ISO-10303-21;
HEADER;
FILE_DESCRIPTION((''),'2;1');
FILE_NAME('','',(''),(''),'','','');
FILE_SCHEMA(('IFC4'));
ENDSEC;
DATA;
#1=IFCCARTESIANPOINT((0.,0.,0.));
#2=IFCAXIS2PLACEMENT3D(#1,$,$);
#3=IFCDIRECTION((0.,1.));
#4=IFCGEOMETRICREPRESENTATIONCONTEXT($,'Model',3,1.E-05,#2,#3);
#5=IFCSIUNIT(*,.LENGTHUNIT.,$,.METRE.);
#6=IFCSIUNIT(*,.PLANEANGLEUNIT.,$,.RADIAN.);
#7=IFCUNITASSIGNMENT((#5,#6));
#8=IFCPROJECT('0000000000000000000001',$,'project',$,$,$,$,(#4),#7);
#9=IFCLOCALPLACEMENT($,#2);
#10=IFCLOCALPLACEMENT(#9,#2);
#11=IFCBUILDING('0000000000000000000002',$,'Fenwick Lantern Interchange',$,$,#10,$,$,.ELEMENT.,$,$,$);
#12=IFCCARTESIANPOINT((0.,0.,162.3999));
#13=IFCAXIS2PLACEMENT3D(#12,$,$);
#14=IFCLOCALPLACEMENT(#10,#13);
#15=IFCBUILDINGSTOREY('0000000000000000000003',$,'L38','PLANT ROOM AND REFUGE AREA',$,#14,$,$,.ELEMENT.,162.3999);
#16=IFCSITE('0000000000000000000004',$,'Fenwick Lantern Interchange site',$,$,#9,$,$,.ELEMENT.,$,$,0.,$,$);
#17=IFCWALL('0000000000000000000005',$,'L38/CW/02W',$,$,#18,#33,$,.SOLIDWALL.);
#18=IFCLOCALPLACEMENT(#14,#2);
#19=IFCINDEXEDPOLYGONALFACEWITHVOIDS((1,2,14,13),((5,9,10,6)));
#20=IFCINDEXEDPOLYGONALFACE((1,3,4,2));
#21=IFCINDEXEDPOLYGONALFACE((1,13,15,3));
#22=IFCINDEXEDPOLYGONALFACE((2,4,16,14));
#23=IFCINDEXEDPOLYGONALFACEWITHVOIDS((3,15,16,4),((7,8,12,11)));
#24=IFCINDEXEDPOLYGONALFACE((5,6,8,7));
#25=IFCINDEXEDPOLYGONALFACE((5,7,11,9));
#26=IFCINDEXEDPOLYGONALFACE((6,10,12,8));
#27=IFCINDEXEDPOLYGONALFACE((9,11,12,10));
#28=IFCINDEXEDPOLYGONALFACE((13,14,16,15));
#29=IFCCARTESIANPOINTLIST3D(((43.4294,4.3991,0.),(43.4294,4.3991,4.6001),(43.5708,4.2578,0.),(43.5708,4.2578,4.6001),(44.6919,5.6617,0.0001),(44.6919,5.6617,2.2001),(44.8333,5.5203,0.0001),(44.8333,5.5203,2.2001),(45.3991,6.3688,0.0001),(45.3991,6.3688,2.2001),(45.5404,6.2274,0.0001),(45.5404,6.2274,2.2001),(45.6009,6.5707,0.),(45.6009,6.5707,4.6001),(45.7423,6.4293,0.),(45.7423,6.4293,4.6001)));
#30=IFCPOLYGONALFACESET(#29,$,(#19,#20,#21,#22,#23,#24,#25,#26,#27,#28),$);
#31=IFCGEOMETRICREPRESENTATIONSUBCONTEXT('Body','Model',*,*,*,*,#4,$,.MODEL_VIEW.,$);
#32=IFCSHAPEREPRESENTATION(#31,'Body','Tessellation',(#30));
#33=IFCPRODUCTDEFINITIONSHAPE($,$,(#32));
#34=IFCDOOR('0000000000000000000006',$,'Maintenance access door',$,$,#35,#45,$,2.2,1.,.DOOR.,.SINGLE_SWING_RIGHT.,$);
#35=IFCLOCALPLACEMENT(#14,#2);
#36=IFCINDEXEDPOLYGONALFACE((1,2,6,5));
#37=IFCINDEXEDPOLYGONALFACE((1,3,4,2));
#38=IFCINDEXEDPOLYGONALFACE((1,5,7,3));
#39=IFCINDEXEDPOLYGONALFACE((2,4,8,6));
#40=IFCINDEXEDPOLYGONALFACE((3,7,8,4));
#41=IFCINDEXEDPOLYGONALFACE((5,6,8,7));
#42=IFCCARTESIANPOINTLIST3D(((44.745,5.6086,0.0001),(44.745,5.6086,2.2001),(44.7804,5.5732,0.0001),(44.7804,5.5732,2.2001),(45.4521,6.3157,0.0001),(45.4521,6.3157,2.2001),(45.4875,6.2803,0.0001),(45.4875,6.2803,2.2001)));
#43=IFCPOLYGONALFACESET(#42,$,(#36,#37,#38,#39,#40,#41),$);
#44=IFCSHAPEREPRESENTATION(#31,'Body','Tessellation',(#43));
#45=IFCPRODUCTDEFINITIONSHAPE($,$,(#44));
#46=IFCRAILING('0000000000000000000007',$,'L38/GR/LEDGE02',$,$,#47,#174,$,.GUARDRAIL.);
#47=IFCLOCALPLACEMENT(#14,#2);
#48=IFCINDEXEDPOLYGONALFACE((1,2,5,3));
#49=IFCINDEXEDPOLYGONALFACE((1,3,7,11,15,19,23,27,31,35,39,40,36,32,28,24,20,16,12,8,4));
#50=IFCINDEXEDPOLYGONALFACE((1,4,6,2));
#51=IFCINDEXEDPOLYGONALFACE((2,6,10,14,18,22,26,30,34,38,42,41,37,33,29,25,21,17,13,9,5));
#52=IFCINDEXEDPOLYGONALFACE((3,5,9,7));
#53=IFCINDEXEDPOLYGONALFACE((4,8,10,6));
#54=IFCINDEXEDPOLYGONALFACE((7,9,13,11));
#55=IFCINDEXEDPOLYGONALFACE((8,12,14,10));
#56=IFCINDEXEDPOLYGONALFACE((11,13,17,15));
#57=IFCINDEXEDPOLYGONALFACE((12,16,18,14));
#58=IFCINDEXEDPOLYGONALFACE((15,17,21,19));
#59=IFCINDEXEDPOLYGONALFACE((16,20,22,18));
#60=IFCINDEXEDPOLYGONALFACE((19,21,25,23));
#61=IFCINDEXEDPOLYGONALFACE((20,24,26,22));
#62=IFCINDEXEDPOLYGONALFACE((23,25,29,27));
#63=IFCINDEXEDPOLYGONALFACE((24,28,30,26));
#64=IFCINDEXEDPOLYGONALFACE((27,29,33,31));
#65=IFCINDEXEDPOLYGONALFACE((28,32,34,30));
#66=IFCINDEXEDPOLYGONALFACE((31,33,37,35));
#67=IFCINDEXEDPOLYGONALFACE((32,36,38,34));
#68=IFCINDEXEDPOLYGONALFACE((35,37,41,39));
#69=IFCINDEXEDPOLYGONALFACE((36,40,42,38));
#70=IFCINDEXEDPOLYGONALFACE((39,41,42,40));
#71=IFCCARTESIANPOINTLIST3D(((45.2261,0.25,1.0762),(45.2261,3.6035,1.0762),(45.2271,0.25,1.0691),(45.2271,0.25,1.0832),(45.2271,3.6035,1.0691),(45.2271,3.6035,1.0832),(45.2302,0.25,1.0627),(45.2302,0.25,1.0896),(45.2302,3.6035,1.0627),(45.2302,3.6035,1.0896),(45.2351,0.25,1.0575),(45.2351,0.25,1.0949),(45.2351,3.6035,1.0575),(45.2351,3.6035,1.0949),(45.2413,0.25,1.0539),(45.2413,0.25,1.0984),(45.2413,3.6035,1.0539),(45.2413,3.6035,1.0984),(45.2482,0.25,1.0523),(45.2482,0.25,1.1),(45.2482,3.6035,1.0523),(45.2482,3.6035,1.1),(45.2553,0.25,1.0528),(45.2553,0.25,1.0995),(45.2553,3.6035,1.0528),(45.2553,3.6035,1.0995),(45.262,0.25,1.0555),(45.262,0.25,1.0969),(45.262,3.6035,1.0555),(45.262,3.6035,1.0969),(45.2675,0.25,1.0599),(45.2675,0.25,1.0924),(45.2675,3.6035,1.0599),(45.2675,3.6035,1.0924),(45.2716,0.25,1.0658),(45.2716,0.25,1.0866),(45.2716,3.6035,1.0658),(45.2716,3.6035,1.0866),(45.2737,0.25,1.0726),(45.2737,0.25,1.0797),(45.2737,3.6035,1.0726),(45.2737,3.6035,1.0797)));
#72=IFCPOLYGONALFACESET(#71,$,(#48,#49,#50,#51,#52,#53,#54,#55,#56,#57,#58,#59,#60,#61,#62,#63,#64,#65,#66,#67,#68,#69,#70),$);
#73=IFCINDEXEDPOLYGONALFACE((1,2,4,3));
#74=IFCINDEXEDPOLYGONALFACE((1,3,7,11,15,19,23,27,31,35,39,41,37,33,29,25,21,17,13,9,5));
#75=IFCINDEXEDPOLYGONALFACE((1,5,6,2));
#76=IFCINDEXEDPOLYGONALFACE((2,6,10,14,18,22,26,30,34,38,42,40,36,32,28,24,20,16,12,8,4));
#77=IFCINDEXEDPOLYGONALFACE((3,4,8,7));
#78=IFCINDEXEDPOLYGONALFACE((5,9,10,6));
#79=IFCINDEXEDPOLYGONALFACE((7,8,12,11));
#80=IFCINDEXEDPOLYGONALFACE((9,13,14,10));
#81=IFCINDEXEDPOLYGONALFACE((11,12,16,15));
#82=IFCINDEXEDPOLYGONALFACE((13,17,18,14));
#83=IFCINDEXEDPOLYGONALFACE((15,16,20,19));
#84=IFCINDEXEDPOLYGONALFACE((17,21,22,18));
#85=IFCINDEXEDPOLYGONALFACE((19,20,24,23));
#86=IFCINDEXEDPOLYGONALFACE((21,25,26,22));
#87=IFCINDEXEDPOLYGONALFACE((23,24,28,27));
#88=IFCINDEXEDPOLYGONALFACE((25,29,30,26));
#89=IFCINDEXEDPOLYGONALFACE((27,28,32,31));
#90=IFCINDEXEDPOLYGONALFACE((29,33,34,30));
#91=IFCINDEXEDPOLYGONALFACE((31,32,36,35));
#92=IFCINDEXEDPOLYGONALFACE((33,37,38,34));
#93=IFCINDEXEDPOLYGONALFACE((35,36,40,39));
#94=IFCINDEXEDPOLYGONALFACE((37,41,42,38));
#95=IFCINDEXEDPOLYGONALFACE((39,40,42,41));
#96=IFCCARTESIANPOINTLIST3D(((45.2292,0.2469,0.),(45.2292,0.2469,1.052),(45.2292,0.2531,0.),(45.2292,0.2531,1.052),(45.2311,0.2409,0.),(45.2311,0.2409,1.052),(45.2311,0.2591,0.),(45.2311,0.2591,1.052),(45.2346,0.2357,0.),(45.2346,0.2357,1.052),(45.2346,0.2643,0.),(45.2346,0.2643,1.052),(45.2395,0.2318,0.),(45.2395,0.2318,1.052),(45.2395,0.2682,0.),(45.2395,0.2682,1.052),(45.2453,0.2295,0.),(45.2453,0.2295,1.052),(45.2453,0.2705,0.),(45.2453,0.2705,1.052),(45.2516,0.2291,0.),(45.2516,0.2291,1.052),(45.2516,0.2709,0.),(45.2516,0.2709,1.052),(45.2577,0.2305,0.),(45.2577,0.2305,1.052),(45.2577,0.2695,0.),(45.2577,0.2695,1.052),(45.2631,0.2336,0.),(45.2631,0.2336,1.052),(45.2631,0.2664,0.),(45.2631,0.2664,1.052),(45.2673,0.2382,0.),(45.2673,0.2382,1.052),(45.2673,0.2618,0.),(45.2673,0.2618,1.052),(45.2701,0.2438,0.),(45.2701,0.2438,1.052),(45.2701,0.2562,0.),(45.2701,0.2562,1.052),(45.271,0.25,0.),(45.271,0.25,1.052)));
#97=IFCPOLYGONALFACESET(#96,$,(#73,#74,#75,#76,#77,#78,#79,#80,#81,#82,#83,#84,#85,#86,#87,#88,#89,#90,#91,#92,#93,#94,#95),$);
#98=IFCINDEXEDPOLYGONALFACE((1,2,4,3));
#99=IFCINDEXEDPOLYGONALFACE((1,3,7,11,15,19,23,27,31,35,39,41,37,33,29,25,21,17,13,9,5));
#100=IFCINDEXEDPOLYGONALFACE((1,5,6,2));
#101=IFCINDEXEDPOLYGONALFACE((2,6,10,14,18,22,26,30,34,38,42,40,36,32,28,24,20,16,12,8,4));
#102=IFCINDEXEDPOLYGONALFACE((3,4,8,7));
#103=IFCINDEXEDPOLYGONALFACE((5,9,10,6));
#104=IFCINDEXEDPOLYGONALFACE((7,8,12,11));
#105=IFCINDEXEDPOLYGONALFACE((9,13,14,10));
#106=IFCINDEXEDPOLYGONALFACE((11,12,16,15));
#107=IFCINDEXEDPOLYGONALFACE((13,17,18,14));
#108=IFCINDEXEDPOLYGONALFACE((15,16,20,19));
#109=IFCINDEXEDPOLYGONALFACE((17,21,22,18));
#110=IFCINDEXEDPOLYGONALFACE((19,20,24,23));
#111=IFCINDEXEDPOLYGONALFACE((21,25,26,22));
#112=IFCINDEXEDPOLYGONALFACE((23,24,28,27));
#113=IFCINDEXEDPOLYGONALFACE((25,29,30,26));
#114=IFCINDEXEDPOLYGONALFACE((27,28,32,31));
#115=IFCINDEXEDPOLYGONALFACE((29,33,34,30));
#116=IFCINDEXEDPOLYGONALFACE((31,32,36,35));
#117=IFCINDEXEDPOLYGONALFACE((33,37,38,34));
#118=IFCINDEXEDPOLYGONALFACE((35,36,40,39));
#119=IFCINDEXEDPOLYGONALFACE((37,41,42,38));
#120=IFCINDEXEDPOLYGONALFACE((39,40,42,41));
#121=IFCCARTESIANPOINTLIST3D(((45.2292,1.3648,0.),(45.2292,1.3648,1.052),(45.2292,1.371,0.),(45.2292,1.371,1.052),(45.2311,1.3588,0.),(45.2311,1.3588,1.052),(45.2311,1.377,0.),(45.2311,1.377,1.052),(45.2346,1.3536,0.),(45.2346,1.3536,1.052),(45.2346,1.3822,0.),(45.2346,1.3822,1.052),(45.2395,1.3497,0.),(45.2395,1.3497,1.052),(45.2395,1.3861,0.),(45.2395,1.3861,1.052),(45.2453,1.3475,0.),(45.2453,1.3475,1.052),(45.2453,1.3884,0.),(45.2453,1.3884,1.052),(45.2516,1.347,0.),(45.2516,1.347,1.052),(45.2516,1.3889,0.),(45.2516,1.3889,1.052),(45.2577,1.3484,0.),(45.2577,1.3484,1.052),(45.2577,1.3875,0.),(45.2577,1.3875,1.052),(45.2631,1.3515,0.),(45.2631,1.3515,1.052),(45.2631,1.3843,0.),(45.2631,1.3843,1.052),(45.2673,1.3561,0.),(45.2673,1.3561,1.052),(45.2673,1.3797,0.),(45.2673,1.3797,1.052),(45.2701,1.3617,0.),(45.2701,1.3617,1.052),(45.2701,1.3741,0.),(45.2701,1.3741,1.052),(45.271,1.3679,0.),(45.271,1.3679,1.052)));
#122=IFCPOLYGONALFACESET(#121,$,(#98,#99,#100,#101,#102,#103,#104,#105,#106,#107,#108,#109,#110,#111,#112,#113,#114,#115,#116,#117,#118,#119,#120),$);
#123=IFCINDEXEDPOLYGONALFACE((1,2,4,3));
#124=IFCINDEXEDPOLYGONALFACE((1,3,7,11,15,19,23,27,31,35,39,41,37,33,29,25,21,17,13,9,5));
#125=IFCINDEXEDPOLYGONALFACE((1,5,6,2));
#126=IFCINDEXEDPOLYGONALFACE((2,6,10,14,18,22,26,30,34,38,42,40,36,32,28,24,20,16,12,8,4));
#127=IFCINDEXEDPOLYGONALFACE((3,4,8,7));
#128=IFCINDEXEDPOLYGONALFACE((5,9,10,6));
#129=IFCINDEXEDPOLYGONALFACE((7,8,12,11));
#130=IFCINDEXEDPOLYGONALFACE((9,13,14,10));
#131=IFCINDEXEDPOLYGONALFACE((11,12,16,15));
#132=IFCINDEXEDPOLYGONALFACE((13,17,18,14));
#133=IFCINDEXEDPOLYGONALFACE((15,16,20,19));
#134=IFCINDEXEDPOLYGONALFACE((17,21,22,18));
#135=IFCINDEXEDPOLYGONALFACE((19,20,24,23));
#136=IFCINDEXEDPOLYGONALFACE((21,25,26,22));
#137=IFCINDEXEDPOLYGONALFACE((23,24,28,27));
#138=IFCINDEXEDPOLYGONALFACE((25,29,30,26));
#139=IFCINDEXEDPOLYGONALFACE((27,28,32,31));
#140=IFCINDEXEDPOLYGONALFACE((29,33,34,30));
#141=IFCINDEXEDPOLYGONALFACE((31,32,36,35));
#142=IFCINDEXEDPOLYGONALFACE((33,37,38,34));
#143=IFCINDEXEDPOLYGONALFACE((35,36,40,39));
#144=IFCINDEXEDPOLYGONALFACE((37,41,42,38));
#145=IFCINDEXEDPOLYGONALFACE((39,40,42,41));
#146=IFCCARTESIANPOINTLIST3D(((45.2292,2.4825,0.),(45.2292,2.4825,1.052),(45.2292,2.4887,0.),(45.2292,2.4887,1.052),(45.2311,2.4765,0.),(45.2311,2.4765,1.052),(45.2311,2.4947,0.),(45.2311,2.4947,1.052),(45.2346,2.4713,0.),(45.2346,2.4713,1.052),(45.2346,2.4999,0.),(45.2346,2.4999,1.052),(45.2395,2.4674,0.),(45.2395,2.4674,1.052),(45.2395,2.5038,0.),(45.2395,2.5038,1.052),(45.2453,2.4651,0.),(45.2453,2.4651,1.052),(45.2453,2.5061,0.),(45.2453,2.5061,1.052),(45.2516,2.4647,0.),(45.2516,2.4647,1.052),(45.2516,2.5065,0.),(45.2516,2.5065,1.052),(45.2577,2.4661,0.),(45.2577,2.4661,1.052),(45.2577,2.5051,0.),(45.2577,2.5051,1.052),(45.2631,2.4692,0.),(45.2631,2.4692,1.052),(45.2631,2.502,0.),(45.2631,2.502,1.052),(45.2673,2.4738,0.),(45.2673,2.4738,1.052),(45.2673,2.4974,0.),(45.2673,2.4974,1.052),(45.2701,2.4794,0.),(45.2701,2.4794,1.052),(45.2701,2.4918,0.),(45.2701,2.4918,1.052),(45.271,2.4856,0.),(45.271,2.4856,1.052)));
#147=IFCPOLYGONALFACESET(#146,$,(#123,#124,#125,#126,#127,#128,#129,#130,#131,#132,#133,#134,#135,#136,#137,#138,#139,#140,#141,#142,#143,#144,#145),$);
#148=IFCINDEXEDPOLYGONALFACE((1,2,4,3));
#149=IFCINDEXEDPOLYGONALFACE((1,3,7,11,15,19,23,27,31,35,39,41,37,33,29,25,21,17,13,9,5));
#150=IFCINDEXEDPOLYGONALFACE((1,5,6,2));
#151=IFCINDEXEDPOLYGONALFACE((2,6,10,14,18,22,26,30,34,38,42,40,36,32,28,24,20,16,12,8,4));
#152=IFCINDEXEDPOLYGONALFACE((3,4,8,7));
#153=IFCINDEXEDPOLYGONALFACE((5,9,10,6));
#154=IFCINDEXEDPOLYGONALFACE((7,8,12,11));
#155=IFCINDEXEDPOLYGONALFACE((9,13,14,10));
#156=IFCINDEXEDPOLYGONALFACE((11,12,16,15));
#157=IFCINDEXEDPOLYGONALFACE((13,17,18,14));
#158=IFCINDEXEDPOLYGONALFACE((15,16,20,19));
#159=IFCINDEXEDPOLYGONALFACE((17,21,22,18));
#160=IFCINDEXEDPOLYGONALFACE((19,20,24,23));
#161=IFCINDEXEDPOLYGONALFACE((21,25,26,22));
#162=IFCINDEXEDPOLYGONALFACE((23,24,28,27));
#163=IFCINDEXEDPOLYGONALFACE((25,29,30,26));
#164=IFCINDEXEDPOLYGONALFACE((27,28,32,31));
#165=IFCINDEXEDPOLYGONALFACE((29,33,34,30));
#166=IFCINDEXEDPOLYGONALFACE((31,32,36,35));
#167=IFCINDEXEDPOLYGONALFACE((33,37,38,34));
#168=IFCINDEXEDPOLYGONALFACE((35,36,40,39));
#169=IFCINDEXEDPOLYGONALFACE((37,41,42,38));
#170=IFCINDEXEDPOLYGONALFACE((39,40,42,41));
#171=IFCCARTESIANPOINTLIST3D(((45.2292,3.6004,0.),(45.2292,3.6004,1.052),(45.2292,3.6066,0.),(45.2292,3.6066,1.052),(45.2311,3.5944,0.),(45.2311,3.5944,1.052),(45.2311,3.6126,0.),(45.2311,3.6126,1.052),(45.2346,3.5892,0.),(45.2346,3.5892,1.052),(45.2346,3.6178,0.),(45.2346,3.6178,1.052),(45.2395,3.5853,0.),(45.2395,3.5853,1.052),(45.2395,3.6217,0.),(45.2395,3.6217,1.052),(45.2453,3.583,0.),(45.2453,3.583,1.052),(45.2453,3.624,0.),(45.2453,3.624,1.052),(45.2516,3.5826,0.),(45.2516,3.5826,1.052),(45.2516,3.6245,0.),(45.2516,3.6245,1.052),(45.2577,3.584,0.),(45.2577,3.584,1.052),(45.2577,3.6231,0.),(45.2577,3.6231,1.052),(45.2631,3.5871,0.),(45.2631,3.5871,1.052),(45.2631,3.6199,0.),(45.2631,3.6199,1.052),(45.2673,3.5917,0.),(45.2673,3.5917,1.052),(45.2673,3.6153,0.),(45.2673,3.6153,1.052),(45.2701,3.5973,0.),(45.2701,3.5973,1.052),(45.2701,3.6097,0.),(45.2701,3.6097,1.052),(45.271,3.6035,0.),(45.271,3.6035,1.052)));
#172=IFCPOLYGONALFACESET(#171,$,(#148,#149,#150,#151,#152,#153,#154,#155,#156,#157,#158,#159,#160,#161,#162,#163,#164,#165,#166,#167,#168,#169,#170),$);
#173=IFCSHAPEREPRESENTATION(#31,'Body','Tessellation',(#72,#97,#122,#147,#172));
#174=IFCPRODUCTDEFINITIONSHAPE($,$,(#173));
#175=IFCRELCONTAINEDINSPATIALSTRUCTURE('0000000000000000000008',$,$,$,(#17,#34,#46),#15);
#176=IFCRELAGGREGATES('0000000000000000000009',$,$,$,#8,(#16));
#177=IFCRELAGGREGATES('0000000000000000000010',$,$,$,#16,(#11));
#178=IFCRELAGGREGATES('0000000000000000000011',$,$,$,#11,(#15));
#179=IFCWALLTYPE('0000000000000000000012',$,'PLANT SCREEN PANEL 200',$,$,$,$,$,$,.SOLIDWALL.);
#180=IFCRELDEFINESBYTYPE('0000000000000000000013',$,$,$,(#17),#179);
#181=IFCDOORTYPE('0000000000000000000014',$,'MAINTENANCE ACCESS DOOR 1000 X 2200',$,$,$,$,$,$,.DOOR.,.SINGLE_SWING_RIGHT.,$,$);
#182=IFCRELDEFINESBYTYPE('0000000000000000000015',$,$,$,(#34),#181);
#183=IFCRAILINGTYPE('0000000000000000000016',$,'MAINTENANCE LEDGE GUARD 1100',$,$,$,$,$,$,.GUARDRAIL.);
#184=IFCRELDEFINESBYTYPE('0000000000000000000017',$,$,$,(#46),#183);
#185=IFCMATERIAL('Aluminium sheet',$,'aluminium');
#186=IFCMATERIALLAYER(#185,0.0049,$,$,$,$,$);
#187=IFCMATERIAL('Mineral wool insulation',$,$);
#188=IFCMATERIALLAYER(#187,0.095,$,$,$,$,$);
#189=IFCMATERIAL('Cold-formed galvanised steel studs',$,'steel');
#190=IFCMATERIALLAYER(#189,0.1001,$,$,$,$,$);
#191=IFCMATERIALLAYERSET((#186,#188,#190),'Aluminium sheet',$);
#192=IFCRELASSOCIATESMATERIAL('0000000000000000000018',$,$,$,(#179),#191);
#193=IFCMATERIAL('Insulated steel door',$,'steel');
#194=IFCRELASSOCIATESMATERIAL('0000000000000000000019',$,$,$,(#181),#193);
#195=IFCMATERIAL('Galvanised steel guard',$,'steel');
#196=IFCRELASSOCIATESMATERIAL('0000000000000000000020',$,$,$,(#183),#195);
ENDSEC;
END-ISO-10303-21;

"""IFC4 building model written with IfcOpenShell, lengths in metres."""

from ifc_helpers import new_model, si_unit, direction, frame, frame_2d, origin, origin_2d, place, context, subcontext, project, spatial, rectangle, circle, extrude, material, layer, layer_set, type_object, element, fill, save


model = new_model("IFC4")

# Units and contexts
model_context = context("Model", 3, precision=1e-05, world=origin(), true_north=direction((0.0, 1.0)))
body_context = subcontext(model_context, "Body", "Model", "MODEL_VIEW")
ifc_project = project(units=[si_unit("LENGTHUNIT", "METRE"), si_unit("PLANEANGLEUNIT", "RADIAN")], contexts=[model_context])

# Site, building, storey
site_placement = place(None, origin())
site = spatial("IfcSite", under=ifc_project, at=site_placement, Name="Fenwick Lantern Interchange site", CompositionType="ELEMENT", RefElevation=0.0)
building_placement = place(site_placement, origin())
building = spatial("IfcBuilding", under=site, at=building_placement, Name="Fenwick Lantern Interchange", CompositionType="ELEMENT")
storey_placement = place(building_placement, frame((0.0, 0.0, 162.3999)))
storey = spatial("IfcBuildingStorey", under=building, at=storey_placement, Name="L38", Description="PLANT ROOM AND REFUGE AREA", CompositionType="ELEMENT", Elevation=162.3999)

# Wall, opening, door
ifc_material_1 = material(Name="Aluminium sheet", Category="aluminium")
ifc_layer_1 = layer(ifc_material_1, 0.0049)
ifc_material_2 = material(Name="Mineral wool insulation")
ifc_layer_2 = layer(ifc_material_2, 0.095)
ifc_material_3 = material(Name="Cold-formed galvanised steel studs", Category="steel")
ifc_layer_3 = layer(ifc_material_3, 0.1001)
ifc_layer_set_1 = layer_set([ifc_layer_1, ifc_layer_2, ifc_layer_3], Name="Aluminium sheet")
wall_type = type_object("IfcWallType", Name="PLANT SCREEN PANEL 200", PredefinedType="SOLIDWALL", material=ifc_layer_set_1)
wall_placement = place(storey_placement, frame((43.5, 4.3284, 0.0), z_axis=(0.0, 0.0, 1.0), x_axis=(0.707107, 0.707107, 0.0)))
wall = element("IfcWall", 1, at=wall_placement, inside=storey, type_object=wall_type, Name="L38/CW/02W", PredefinedType="SOLIDWALL", context=body_context, shape_type="SweptSolid", body=[
    extrude(rectangle(XDim=3.071, YDim=0.2, at=frame_2d((1.5356, 0.0))), origin(), (0.0, 0.0, 1.0), 4.6001),
])
opening_placement = place(wall_placement, frame((1.7856, 0.0, 0.0)))
opening = element("IfcOpeningElement", 2, at=opening_placement, cuts=wall, PredefinedType="OPENING", context=body_context, shape_type="SweptSolid", body=[
    extrude(rectangle(XDim=1.0, YDim=2.2, at=frame_2d((0.5, 1.1001))), frame((0.0, 0.1099, 0.0), z_axis=(0.0, -1.0, 0.0), x_axis=(1.0, 0.0, 0.0)), (0.0, 0.0, 1.0), 0.22),
])
ifc_material_4 = material(Name="Insulated steel door", Category="steel")
door_type = type_object("IfcDoorType", Name="MAINTENANCE ACCESS DOOR 1000 X 2200", OperationType="SINGLE_SWING_RIGHT", PredefinedType="DOOR", material=ifc_material_4)
door_placement = place(opening_placement, origin())
door = element("IfcDoor", 3, at=door_placement, inside=storey, type_object=door_type, Name="Maintenance access door", OperationType="SINGLE_SWING_RIGHT", OverallHeight=2.2, OverallWidth=1.0, PredefinedType="DOOR", context=body_context, shape_type="SweptSolid", body=[
    extrude(rectangle(XDim=1.0, YDim=2.2, at=frame_2d((0.5, 1.1001))), frame((0.0, 0.0249, 0.0), z_axis=(0.0, -1.0, 0.0), x_axis=(1.0, 0.0, 0.0)), (0.0, 0.0, 1.0), 0.05),
])
fill(opening, door)

# Railing
ifc_material_5 = material(Name="Galvanised steel guard", Category="steel")
railing_type = type_object("IfcRailingType", Name="MAINTENANCE LEDGE GUARD 1100", PredefinedType="GUARDRAIL", material=ifc_material_5)
railing_1_placement = place(storey_placement, frame((45.25, 0.25, 0.0)))
element("IfcRailing", 4, at=railing_1_placement, inside=storey, type_object=railing_type, Name="L38/GR/LEDGE02", PredefinedType="GUARDRAIL", context=body_context, shape_type="SweptSolid", body=[
    extrude(circle(Radius=0.0239, at=origin_2d()), frame((0.0, 0.0, 1.0762), z_axis=(0.0, 1.0, 0.0), x_axis=(-1.0, 0.0, 0.0)), (0.0, 0.0, 1.0), 3.3535),
    extrude(circle(Radius=0.021, at=origin_2d()), origin(), (0.0, 0.0, 1.0), 1.052),
    extrude(circle(Radius=0.021, at=origin_2d()), frame((0.0, 1.1179, 0.0)), (0.0, 0.0, 1.0), 1.052),
    extrude(circle(Radius=0.021, at=origin_2d()), frame((0.0, 2.2356, 0.0)), (0.0, 0.0, 1.0), 1.052),
    extrude(circle(Radius=0.021, at=origin_2d()), frame((0.0, 3.3535, 0.0)), (0.0, 0.0, 1.0), 1.052),
])

save(model, "model.ifc")
